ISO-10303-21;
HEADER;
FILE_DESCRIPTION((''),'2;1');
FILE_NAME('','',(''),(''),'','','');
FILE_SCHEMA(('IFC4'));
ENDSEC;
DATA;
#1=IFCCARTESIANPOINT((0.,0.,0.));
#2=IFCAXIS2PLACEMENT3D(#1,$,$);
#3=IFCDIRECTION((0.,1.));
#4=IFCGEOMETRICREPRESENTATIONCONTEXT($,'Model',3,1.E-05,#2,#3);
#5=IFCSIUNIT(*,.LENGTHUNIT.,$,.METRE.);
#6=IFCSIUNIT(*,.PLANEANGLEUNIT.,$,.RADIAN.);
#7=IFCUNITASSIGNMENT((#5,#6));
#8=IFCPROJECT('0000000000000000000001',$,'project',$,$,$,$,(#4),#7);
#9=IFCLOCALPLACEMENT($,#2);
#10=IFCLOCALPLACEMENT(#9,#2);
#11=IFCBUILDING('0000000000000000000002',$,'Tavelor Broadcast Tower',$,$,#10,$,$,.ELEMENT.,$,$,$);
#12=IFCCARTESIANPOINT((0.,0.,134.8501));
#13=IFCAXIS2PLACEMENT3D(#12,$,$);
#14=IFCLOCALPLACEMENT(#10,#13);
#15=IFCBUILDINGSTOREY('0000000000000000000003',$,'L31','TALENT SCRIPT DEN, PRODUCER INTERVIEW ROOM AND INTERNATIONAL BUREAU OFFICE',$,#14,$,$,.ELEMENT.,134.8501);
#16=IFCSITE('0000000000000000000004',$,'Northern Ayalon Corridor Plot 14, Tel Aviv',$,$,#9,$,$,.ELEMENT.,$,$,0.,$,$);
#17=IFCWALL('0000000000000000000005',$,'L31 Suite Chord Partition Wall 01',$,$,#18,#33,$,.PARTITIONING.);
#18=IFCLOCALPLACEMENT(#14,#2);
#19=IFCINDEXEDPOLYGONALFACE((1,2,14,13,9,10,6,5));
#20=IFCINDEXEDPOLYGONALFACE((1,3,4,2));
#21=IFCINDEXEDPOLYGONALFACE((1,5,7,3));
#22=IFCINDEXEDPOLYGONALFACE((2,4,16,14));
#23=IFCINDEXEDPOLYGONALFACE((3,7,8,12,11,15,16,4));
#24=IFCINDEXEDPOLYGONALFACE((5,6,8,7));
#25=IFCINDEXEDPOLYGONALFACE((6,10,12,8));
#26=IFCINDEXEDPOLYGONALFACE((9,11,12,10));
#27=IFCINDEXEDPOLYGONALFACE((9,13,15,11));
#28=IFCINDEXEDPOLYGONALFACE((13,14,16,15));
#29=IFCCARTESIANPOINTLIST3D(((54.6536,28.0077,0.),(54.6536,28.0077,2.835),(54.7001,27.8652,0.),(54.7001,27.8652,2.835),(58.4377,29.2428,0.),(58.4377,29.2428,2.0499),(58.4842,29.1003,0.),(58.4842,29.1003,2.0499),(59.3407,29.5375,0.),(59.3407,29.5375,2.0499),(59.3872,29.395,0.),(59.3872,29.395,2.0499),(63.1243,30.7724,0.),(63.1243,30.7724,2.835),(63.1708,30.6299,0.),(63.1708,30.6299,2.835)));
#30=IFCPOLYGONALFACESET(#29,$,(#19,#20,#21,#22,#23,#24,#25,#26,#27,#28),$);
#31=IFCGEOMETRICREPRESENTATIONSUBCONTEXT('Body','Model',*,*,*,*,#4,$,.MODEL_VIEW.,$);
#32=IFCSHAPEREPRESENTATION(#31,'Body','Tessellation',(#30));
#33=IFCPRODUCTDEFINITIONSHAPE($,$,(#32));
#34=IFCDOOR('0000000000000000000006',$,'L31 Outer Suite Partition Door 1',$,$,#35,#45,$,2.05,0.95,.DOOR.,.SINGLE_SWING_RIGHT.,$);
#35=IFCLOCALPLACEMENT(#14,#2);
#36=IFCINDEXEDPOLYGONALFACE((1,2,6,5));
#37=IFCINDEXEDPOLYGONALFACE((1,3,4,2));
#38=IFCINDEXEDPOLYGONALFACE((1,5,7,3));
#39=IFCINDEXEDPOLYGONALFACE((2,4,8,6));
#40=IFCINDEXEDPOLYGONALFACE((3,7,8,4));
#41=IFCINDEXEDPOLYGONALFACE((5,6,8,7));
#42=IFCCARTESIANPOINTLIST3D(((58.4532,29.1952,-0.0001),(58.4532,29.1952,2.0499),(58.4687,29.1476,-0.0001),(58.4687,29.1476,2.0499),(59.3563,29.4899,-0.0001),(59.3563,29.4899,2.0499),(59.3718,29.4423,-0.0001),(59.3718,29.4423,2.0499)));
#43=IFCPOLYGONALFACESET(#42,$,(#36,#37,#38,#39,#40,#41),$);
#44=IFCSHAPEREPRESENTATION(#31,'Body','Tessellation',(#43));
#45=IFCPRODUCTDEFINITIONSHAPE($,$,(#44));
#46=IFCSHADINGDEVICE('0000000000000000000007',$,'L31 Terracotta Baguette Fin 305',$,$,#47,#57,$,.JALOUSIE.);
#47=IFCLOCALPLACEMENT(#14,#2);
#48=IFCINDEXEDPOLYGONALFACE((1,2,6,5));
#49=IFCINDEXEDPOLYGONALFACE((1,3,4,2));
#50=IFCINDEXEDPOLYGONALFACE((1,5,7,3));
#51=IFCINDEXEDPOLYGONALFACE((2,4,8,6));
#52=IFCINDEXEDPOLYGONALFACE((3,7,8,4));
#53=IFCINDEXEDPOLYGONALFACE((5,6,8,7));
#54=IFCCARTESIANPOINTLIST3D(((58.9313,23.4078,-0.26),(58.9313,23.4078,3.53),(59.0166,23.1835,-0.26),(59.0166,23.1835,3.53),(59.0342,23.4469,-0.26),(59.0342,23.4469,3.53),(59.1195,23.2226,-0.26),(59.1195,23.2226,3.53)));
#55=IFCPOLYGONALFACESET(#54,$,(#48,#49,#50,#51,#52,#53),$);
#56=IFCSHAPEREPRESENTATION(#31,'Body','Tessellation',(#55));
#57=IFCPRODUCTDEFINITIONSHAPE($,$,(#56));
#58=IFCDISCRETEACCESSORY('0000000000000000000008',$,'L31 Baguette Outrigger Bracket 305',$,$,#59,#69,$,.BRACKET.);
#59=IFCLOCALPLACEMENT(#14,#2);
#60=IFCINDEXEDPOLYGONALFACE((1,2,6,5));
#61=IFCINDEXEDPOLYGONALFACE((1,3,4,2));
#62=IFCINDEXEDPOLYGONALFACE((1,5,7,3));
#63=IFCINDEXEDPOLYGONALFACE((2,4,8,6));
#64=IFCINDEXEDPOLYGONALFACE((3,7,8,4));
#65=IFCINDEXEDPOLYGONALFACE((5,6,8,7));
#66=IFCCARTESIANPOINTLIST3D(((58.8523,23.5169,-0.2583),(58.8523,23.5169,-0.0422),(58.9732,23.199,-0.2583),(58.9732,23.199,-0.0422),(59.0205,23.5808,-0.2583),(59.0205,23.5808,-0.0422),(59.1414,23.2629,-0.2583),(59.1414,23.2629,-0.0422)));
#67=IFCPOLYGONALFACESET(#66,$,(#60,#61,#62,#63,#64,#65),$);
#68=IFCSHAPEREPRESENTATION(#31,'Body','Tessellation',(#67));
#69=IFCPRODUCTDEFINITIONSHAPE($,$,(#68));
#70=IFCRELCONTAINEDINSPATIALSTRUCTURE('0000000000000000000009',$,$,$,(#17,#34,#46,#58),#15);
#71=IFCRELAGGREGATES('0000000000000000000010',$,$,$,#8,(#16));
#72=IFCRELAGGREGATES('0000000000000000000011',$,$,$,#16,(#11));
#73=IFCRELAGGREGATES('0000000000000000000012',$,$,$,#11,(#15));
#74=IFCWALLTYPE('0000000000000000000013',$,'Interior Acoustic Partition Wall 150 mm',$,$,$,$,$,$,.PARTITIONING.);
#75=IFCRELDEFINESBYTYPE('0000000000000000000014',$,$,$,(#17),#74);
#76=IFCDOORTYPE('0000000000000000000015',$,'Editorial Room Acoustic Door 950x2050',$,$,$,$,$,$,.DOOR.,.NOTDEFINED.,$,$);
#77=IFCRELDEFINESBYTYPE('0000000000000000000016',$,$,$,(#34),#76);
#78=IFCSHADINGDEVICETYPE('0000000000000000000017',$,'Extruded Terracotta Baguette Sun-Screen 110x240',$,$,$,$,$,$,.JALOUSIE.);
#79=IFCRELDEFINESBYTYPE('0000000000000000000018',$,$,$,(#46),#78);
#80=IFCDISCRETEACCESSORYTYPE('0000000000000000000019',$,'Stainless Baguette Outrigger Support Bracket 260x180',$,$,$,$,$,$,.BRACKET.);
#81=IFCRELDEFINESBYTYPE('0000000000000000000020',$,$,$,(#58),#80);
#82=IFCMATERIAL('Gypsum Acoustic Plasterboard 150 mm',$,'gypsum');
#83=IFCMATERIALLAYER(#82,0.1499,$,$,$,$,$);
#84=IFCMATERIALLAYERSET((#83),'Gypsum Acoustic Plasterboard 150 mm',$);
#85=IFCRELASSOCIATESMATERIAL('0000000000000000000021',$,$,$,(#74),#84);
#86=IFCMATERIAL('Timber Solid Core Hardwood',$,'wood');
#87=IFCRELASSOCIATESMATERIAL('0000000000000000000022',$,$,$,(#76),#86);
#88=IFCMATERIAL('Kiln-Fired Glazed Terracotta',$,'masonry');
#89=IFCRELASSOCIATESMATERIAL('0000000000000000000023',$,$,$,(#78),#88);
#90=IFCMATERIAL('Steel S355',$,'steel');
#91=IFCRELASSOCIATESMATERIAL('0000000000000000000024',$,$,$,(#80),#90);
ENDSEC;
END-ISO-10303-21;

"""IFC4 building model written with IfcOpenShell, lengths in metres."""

from ifc_helpers import new_model, si_unit, direction, frame, frame_2d, origin, origin_2d, place, context, subcontext, project, spatial, rectangle, extrude, source, transform, mapped, material, layer, layer_set, type_object, type_shapes, element, fill, save


model = new_model("IFC4")

# Units and contexts
model_context = context("Model", 3, precision=1e-05, world=origin(), true_north=direction((0.0, 1.0)))
body_context = subcontext(model_context, "Body", "Model", "MODEL_VIEW")
ifc_project = project(units=[si_unit("LENGTHUNIT", "METRE"), si_unit("PLANEANGLEUNIT", "RADIAN")], contexts=[model_context])

# Site, building, storey
site_placement = place(None, origin())
site = spatial("IfcSite", under=ifc_project, at=site_placement, Name="Northern Ayalon Corridor Plot 14, Tel Aviv", CompositionType="ELEMENT", RefElevation=0.0)
building_placement = place(site_placement, origin())
building = spatial("IfcBuilding", under=site, at=building_placement, Name="Tavelor Broadcast Tower", CompositionType="ELEMENT")
storey_placement = place(building_placement, frame((0.0, 0.0, 134.8501)))
storey = spatial("IfcBuildingStorey", under=building, at=storey_placement, Name="L31", Description="TALENT SCRIPT DEN, PRODUCER INTERVIEW ROOM AND INTERNATIONAL BUREAU OFFICE", CompositionType="ELEMENT", Elevation=134.8501)

# Shared definitions
ifc_material_1 = material(Name="Steel S355", Category="steel")

# Shared definitions
ifc_material_2 = material(Name="Timber Solid Core Hardwood", Category="wood")

# Shared definitions
ifc_material_3 = material(Name="Gypsum Acoustic Plasterboard 150 mm", Category="gypsum")
ifc_layer_1 = layer(ifc_material_3, 0.1499)
ifc_layer_set_1 = layer_set([ifc_layer_1], Name="Gypsum Acoustic Plasterboard 150 mm")
wall_type_1 = type_object("IfcWallType", Name="Interior Acoustic Partition Wall 150 mm", PredefinedType="PARTITIONING", material=ifc_layer_set_1)

# Wall, opening, door
wall_1_placement = place(storey_placement, frame((54.677, 27.9365, 0.0), z_axis=(0.0, 0.0, 1.0), x_axis=(0.950648, 0.31027, 0.0)))
wall_1 = element("IfcWall", 1, at=wall_1_placement, inside=storey, type_object=wall_type_1, Name="L31 Suite Chord Partition Wall 01", PredefinedType="PARTITIONING", context=body_context, shape_type="SweptSolid", body=[
    extrude(rectangle(XDim=8.9104, YDim=0.1499, at=frame_2d((4.4551, 0.0))), origin(), (0.0, 0.0, 1.0), 2.835),
])
opening_1_placement = place(wall_1_placement, frame((3.9802, 0.0, 0.0)))
opening_1 = element("IfcOpeningElement", 2, at=opening_1_placement, cuts=wall_1, PredefinedType="OPENING", context=body_context, shape_type="SweptSolid", body=[
    extrude(rectangle(XDim=0.95, YDim=2.05, at=frame_2d((0.4751, 1.0249))), frame((0.0, 0.085, 0.0), z_axis=(0.0, -1.0, 0.0), x_axis=(1.0, 0.0, 0.0)), (0.0, 0.0, 1.0), 0.1699),
])
door_type_1 = type_object("IfcDoorType", Name="Editorial Room Acoustic Door 950x2050", OperationType="NOTDEFINED", PredefinedType="DOOR", material=ifc_material_2)
door_1_placement = place(opening_1_placement, origin())
door_1 = element("IfcDoor", 3, at=door_1_placement, inside=storey, type_object=door_type_1, Name="L31 Outer Suite Partition Door 1", OperationType="SINGLE_SWING_RIGHT", OverallHeight=2.05, OverallWidth=0.95, PredefinedType="DOOR", context=body_context, shape_type="SweptSolid", body=[
    extrude(rectangle(XDim=0.95, YDim=2.05, at=frame_2d((0.4751, 1.0249))), frame((0.0, 0.0249, 0.0), z_axis=(0.0, -1.0, 0.0), x_axis=(1.0, 0.0, 0.0)), (0.0, 0.0, 1.0), 0.05),
])
fill(opening_1, door_1)

# Shading device
ifc_material_4 = material(Name="Kiln-Fired Glazed Terracotta", Category="masonry")
shading_device_type = type_object("IfcShadingDeviceType", Name="Extruded Terracotta Baguette Sun-Screen 110x240", PredefinedType="JALOUSIE", material=ifc_material_4)
shared_shape_1 = source(origin(), body_context, "Body", "SweptSolid", [
    extrude(rectangle(XDim=0.1101, YDim=0.24, at=origin_2d()), origin(), (0.0, 0.0, 1.0), 3.79),
])
type_shapes(shading_device_type, [shared_shape_1])
shading_device_placement = place(storey_placement, frame((59.0254, 23.3152, -0.26), z_axis=(0.0, 0.0, 1.0), x_axis=(0.934702, 0.355433, 0.0)))
element("IfcShadingDevice", 4, at=shading_device_placement, inside=storey, type_object=shading_device_type, Name="L31 Terracotta Baguette Fin 305", PredefinedType="JALOUSIE", context=body_context, shape_type="MappedRepresentation", body=[
    mapped(shared_shape_1, transform((0.0, 0.0, 0.0), scale=1.0)),
])

# Discrete accessory
discrete_accessory_type = type_object("IfcDiscreteAccessoryType", Name="Stainless Baguette Outrigger Support Bracket 260x180", PredefinedType="BRACKET", material=ifc_material_1)
shared_shape_2 = source(origin(), body_context, "Body", "SweptSolid", [
    extrude(rectangle(XDim=0.1799, YDim=0.3401, at=origin_2d()), origin(), (0.0, 0.0, 1.0), 0.2161),
])
type_shapes(discrete_accessory_type, [shared_shape_2])
discrete_accessory_placement = place(storey_placement, frame((58.9968, 23.3899, -0.2583), z_axis=(0.0, 0.0, 1.0), x_axis=(0.934702, 0.355433, 0.0)))
element("IfcDiscreteAccessory", 5, at=discrete_accessory_placement, inside=storey, type_object=discrete_accessory_type, Name="L31 Baguette Outrigger Bracket 305", PredefinedType="BRACKET", context=body_context, shape_type="MappedRepresentation", body=[
    mapped(shared_shape_2, transform((0.0, 0.0, 0.0), scale=1.0)),
])

save(model, "model.ifc")
